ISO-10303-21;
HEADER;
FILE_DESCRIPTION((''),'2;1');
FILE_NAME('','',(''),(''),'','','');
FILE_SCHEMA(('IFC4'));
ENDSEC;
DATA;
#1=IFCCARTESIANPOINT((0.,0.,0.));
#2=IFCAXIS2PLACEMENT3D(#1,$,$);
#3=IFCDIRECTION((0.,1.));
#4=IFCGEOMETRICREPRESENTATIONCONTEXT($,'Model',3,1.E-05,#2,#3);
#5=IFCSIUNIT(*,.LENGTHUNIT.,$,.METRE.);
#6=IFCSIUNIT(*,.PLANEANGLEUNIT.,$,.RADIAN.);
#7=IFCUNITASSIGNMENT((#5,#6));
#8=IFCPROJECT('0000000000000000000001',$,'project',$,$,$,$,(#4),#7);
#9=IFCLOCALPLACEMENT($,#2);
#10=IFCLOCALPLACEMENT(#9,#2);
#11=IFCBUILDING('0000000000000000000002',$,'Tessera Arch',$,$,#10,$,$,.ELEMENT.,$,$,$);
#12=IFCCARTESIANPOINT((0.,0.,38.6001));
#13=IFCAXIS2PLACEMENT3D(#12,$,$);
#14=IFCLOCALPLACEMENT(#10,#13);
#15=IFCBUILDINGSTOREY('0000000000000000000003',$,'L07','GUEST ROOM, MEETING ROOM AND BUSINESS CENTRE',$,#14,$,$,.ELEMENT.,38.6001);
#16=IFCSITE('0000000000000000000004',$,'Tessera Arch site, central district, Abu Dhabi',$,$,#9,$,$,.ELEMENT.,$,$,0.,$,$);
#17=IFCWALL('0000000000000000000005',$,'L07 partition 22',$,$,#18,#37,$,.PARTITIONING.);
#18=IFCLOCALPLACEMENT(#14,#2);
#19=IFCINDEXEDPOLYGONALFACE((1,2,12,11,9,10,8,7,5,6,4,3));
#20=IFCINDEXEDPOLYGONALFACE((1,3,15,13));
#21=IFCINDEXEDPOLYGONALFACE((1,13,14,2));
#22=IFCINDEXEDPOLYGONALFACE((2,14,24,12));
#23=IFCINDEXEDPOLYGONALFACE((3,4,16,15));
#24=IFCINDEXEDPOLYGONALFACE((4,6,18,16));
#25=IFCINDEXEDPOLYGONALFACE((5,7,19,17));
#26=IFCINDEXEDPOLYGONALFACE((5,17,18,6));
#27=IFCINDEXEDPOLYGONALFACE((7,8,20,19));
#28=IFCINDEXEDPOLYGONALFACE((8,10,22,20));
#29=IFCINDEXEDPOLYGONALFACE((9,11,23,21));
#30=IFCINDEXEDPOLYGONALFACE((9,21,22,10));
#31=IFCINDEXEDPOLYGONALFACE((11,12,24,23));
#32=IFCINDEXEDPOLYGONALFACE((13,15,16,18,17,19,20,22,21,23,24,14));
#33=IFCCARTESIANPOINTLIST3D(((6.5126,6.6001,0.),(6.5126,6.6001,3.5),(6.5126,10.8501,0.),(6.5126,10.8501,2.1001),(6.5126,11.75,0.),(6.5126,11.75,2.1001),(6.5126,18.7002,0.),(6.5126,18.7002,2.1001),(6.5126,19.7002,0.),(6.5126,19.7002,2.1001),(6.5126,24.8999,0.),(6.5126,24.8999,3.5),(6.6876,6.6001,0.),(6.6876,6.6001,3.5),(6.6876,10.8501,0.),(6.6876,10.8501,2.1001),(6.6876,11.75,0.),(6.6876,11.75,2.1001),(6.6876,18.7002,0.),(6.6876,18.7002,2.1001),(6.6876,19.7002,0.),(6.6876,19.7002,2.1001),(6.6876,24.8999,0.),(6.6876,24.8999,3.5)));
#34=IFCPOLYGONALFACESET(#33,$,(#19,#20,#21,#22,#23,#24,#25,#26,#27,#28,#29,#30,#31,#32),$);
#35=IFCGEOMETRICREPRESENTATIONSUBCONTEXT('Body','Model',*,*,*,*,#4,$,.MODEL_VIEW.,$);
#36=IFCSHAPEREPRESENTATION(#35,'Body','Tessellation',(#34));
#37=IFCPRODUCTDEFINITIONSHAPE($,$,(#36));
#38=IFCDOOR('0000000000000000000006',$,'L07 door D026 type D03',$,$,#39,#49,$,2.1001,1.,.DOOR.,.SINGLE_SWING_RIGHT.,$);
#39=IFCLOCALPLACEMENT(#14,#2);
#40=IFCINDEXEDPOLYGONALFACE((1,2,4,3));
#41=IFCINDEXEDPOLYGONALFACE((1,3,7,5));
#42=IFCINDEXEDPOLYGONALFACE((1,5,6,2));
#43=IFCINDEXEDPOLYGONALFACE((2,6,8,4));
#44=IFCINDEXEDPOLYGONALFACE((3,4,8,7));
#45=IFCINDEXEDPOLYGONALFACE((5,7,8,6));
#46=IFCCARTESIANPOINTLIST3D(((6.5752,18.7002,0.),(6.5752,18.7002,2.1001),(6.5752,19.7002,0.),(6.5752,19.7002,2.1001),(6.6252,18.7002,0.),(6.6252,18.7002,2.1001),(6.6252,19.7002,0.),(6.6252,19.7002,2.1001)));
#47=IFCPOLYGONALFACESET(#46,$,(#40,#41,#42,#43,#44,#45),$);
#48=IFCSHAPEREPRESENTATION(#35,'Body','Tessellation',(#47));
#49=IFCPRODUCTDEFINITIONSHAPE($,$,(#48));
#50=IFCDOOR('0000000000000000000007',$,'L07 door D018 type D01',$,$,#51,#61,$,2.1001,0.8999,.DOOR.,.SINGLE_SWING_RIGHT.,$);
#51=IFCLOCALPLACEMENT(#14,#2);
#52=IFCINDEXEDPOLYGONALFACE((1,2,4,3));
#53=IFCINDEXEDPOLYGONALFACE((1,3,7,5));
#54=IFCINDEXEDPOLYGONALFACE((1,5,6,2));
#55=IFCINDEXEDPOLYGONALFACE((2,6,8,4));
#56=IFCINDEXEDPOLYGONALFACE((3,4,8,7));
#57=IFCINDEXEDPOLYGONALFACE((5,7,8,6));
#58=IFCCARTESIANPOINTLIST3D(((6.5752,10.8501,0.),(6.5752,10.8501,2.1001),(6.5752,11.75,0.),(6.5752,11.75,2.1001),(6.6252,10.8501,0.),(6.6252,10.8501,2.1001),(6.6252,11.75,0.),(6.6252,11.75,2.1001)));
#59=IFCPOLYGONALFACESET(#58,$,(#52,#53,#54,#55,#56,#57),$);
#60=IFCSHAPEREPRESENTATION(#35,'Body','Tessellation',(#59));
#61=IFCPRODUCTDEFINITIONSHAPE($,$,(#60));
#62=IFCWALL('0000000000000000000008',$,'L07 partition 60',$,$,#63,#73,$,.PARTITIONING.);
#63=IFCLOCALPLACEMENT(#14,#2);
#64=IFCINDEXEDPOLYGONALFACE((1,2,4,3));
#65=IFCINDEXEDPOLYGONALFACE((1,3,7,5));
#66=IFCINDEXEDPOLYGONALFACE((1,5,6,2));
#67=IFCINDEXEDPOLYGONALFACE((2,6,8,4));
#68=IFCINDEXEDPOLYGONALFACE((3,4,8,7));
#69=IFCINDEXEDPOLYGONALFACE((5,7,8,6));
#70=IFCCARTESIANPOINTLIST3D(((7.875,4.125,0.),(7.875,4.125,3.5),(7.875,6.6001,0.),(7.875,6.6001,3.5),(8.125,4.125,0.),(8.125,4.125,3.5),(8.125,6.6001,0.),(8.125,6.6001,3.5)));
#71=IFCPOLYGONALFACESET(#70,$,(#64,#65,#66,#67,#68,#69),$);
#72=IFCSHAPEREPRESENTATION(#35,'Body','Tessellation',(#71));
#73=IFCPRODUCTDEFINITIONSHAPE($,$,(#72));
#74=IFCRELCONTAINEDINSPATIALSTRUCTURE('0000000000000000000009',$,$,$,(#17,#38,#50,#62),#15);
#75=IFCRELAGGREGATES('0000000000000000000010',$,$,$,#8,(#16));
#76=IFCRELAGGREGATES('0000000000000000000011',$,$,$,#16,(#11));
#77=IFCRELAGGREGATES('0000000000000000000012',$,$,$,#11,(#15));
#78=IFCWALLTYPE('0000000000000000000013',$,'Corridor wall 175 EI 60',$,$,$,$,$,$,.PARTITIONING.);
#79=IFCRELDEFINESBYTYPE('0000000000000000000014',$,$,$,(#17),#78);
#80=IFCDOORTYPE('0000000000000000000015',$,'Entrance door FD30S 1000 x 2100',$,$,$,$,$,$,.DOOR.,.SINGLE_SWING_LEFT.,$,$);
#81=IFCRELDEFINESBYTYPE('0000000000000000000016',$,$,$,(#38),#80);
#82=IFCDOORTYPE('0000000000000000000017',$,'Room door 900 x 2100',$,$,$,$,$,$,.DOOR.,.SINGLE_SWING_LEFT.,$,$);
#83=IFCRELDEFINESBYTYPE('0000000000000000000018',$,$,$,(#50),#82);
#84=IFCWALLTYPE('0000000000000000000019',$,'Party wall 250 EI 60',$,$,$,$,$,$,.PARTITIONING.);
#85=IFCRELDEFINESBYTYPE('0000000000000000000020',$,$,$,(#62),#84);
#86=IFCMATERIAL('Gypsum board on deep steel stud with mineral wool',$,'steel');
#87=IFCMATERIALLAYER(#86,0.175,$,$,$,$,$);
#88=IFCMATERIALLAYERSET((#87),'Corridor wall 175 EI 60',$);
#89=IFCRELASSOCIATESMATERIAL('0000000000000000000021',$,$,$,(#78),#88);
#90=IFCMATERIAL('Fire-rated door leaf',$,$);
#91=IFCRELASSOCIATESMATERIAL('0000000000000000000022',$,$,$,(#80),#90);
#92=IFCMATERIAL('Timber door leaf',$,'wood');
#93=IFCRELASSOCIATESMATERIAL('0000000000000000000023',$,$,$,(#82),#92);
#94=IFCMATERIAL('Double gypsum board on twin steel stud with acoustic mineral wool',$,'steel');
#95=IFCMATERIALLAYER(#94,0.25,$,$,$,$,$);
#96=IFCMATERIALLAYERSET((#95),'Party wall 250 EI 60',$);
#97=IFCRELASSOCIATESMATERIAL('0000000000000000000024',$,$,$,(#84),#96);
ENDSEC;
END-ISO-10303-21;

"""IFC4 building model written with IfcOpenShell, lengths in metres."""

from ifc_helpers import new_model, si_unit, direction, frame, frame_2d, origin, place, context, subcontext, project, spatial, rectangle, extrude, material, layer, layer_set, type_object, element, fill, save


model = new_model("IFC4")

# Units and contexts
model_context = context("Model", 3, precision=1e-05, world=origin(), true_north=direction((0.0, 1.0)))
body_context = subcontext(model_context, "Body", "Model", "MODEL_VIEW")
ifc_project = project(units=[si_unit("LENGTHUNIT", "METRE"), si_unit("PLANEANGLEUNIT", "RADIAN")], contexts=[model_context])

# Site, building, storey
site_placement = place(None, origin())
site = spatial("IfcSite", under=ifc_project, at=site_placement, Name="Tessera Arch site, central district, Abu Dhabi", CompositionType="ELEMENT", RefElevation=0.0)
building_placement = place(site_placement, origin())
building = spatial("IfcBuilding", under=site, at=building_placement, Name="Tessera Arch", CompositionType="ELEMENT")
storey_placement = place(building_placement, frame((0.0, 0.0, 38.6001)))
storey = spatial("IfcBuildingStorey", under=building, at=storey_placement, Name="L07", Description="GUEST ROOM, MEETING ROOM AND BUSINESS CENTRE", CompositionType="ELEMENT", Elevation=38.6001)

# Wall, openings, doors
ifc_material_1 = material(Name="Gypsum board on deep steel stud with mineral wool", Category="steel")
ifc_layer_1 = layer(ifc_material_1, 0.175)
ifc_layer_set_1 = layer_set([ifc_layer_1], Name="Corridor wall 175 EI 60")
wall_type_1 = type_object("IfcWallType", Name="Corridor wall 175 EI 60", PredefinedType="PARTITIONING", material=ifc_layer_set_1)
ifc_material_2 = material(Name="Fire-rated door leaf")
door_type_1 = type_object("IfcDoorType", Name="Entrance door FD30S 1000 x 2100", OperationType="SINGLE_SWING_LEFT", PredefinedType="DOOR", material=ifc_material_2)
wall_1_placement = place(storey_placement, frame((6.6001, 6.6001, 0.0), z_axis=(0.0, 0.0, 1.0), x_axis=(0.0, 1.0, 0.0)))
wall_1 = element("IfcWall", 1, at=wall_1_placement, inside=storey, type_object=wall_type_1, Name="L07 partition 22", PredefinedType="PARTITIONING", context=body_context, shape_type="SweptSolid", body=[
    extrude(rectangle(XDim=18.2998, YDim=0.175, at=frame_2d((9.1499, 0.0))), origin(), (0.0, 0.0, 1.0), 3.5),
])
opening_1_placement = place(wall_1_placement, frame((4.25, 0.0, 0.0)))
opening_1 = element("IfcOpeningElement", 2, at=opening_1_placement, cuts=wall_1, PredefinedType="OPENING", context=body_context, shape_type="SweptSolid", body=[
    extrude(rectangle(XDim=0.8999, YDim=2.1001, at=frame_2d((0.45, 1.05))), frame((0.0, 0.0974, 0.0), z_axis=(0.0, -1.0, 0.0), x_axis=(1.0, 0.0, 0.0)), (0.0, 0.0, 1.0), 0.1951),
])
opening_2_placement = place(wall_1_placement, frame((12.1001, 0.0, 0.0)))
opening_2 = element("IfcOpeningElement", 3, at=opening_2_placement, cuts=wall_1, PredefinedType="OPENING", context=body_context, shape_type="SweptSolid", body=[
    extrude(rectangle(XDim=1.0, YDim=2.1001, at=frame_2d((0.5, 1.05))), frame((0.0, 0.0974, 0.0), z_axis=(0.0, -1.0, 0.0), x_axis=(1.0, 0.0, 0.0)), (0.0, 0.0, 1.0), 0.1951),
])
door_1_placement = place(opening_2_placement, origin())
door_1 = element("IfcDoor", 4, at=door_1_placement, inside=storey, type_object=door_type_1, Name="L07 door D026 type D03", OperationType="SINGLE_SWING_RIGHT", OverallHeight=2.1001, OverallWidth=1.0, PredefinedType="DOOR", context=body_context, shape_type="SweptSolid", body=[
    extrude(rectangle(XDim=1.0, YDim=2.1001, at=frame_2d((0.5, 1.05))), frame((0.0, 0.0249, 0.0), z_axis=(0.0, -1.0, 0.0), x_axis=(1.0, 0.0, 0.0)), (0.0, 0.0, 1.0), 0.05),
])
fill(opening_2, door_1)
ifc_material_3 = material(Name="Timber door leaf", Category="wood")
door_type_2 = type_object("IfcDoorType", Name="Room door 900 x 2100", OperationType="SINGLE_SWING_LEFT", PredefinedType="DOOR", material=ifc_material_3)
door_2_placement = place(opening_1_placement, origin())
door_2 = element("IfcDoor", 5, at=door_2_placement, inside=storey, type_object=door_type_2, Name="L07 door D018 type D01", OperationType="SINGLE_SWING_RIGHT", OverallHeight=2.1001, OverallWidth=0.8999, PredefinedType="DOOR", context=body_context, shape_type="SweptSolid", body=[
    extrude(rectangle(XDim=0.8999, YDim=2.1001, at=frame_2d((0.45, 1.05))), frame((0.0, 0.0249, 0.0), z_axis=(0.0, -1.0, 0.0), x_axis=(1.0, 0.0, 0.0)), (0.0, 0.0, 1.0), 0.05),
])
fill(opening_1, door_2)

# Wall
ifc_material_4 = material(Name="Double gypsum board on twin steel stud with acoustic mineral wool", Category="steel")
ifc_layer_2 = layer(ifc_material_4, 0.25)
ifc_layer_set_2 = layer_set([ifc_layer_2], Name="Party wall 250 EI 60")
wall_type_2 = type_object("IfcWallType", Name="Party wall 250 EI 60", PredefinedType="PARTITIONING", material=ifc_layer_set_2)
wall_2_placement = place(storey_placement, frame((8.0, 4.125, 0.0), z_axis=(0.0, 0.0, 1.0), x_axis=(0.0, 1.0, 0.0)))
element("IfcWall", 6, at=wall_2_placement, inside=storey, type_object=wall_type_2, Name="L07 partition 60", PredefinedType="PARTITIONING", context=body_context, shape_type="SweptSolid", body=[
    extrude(rectangle(XDim=2.4751, YDim=0.25, at=frame_2d((1.2375, 0.0))), origin(), (0.0, 0.0, 1.0), 3.5),
])

save(model, "model.ifc")
